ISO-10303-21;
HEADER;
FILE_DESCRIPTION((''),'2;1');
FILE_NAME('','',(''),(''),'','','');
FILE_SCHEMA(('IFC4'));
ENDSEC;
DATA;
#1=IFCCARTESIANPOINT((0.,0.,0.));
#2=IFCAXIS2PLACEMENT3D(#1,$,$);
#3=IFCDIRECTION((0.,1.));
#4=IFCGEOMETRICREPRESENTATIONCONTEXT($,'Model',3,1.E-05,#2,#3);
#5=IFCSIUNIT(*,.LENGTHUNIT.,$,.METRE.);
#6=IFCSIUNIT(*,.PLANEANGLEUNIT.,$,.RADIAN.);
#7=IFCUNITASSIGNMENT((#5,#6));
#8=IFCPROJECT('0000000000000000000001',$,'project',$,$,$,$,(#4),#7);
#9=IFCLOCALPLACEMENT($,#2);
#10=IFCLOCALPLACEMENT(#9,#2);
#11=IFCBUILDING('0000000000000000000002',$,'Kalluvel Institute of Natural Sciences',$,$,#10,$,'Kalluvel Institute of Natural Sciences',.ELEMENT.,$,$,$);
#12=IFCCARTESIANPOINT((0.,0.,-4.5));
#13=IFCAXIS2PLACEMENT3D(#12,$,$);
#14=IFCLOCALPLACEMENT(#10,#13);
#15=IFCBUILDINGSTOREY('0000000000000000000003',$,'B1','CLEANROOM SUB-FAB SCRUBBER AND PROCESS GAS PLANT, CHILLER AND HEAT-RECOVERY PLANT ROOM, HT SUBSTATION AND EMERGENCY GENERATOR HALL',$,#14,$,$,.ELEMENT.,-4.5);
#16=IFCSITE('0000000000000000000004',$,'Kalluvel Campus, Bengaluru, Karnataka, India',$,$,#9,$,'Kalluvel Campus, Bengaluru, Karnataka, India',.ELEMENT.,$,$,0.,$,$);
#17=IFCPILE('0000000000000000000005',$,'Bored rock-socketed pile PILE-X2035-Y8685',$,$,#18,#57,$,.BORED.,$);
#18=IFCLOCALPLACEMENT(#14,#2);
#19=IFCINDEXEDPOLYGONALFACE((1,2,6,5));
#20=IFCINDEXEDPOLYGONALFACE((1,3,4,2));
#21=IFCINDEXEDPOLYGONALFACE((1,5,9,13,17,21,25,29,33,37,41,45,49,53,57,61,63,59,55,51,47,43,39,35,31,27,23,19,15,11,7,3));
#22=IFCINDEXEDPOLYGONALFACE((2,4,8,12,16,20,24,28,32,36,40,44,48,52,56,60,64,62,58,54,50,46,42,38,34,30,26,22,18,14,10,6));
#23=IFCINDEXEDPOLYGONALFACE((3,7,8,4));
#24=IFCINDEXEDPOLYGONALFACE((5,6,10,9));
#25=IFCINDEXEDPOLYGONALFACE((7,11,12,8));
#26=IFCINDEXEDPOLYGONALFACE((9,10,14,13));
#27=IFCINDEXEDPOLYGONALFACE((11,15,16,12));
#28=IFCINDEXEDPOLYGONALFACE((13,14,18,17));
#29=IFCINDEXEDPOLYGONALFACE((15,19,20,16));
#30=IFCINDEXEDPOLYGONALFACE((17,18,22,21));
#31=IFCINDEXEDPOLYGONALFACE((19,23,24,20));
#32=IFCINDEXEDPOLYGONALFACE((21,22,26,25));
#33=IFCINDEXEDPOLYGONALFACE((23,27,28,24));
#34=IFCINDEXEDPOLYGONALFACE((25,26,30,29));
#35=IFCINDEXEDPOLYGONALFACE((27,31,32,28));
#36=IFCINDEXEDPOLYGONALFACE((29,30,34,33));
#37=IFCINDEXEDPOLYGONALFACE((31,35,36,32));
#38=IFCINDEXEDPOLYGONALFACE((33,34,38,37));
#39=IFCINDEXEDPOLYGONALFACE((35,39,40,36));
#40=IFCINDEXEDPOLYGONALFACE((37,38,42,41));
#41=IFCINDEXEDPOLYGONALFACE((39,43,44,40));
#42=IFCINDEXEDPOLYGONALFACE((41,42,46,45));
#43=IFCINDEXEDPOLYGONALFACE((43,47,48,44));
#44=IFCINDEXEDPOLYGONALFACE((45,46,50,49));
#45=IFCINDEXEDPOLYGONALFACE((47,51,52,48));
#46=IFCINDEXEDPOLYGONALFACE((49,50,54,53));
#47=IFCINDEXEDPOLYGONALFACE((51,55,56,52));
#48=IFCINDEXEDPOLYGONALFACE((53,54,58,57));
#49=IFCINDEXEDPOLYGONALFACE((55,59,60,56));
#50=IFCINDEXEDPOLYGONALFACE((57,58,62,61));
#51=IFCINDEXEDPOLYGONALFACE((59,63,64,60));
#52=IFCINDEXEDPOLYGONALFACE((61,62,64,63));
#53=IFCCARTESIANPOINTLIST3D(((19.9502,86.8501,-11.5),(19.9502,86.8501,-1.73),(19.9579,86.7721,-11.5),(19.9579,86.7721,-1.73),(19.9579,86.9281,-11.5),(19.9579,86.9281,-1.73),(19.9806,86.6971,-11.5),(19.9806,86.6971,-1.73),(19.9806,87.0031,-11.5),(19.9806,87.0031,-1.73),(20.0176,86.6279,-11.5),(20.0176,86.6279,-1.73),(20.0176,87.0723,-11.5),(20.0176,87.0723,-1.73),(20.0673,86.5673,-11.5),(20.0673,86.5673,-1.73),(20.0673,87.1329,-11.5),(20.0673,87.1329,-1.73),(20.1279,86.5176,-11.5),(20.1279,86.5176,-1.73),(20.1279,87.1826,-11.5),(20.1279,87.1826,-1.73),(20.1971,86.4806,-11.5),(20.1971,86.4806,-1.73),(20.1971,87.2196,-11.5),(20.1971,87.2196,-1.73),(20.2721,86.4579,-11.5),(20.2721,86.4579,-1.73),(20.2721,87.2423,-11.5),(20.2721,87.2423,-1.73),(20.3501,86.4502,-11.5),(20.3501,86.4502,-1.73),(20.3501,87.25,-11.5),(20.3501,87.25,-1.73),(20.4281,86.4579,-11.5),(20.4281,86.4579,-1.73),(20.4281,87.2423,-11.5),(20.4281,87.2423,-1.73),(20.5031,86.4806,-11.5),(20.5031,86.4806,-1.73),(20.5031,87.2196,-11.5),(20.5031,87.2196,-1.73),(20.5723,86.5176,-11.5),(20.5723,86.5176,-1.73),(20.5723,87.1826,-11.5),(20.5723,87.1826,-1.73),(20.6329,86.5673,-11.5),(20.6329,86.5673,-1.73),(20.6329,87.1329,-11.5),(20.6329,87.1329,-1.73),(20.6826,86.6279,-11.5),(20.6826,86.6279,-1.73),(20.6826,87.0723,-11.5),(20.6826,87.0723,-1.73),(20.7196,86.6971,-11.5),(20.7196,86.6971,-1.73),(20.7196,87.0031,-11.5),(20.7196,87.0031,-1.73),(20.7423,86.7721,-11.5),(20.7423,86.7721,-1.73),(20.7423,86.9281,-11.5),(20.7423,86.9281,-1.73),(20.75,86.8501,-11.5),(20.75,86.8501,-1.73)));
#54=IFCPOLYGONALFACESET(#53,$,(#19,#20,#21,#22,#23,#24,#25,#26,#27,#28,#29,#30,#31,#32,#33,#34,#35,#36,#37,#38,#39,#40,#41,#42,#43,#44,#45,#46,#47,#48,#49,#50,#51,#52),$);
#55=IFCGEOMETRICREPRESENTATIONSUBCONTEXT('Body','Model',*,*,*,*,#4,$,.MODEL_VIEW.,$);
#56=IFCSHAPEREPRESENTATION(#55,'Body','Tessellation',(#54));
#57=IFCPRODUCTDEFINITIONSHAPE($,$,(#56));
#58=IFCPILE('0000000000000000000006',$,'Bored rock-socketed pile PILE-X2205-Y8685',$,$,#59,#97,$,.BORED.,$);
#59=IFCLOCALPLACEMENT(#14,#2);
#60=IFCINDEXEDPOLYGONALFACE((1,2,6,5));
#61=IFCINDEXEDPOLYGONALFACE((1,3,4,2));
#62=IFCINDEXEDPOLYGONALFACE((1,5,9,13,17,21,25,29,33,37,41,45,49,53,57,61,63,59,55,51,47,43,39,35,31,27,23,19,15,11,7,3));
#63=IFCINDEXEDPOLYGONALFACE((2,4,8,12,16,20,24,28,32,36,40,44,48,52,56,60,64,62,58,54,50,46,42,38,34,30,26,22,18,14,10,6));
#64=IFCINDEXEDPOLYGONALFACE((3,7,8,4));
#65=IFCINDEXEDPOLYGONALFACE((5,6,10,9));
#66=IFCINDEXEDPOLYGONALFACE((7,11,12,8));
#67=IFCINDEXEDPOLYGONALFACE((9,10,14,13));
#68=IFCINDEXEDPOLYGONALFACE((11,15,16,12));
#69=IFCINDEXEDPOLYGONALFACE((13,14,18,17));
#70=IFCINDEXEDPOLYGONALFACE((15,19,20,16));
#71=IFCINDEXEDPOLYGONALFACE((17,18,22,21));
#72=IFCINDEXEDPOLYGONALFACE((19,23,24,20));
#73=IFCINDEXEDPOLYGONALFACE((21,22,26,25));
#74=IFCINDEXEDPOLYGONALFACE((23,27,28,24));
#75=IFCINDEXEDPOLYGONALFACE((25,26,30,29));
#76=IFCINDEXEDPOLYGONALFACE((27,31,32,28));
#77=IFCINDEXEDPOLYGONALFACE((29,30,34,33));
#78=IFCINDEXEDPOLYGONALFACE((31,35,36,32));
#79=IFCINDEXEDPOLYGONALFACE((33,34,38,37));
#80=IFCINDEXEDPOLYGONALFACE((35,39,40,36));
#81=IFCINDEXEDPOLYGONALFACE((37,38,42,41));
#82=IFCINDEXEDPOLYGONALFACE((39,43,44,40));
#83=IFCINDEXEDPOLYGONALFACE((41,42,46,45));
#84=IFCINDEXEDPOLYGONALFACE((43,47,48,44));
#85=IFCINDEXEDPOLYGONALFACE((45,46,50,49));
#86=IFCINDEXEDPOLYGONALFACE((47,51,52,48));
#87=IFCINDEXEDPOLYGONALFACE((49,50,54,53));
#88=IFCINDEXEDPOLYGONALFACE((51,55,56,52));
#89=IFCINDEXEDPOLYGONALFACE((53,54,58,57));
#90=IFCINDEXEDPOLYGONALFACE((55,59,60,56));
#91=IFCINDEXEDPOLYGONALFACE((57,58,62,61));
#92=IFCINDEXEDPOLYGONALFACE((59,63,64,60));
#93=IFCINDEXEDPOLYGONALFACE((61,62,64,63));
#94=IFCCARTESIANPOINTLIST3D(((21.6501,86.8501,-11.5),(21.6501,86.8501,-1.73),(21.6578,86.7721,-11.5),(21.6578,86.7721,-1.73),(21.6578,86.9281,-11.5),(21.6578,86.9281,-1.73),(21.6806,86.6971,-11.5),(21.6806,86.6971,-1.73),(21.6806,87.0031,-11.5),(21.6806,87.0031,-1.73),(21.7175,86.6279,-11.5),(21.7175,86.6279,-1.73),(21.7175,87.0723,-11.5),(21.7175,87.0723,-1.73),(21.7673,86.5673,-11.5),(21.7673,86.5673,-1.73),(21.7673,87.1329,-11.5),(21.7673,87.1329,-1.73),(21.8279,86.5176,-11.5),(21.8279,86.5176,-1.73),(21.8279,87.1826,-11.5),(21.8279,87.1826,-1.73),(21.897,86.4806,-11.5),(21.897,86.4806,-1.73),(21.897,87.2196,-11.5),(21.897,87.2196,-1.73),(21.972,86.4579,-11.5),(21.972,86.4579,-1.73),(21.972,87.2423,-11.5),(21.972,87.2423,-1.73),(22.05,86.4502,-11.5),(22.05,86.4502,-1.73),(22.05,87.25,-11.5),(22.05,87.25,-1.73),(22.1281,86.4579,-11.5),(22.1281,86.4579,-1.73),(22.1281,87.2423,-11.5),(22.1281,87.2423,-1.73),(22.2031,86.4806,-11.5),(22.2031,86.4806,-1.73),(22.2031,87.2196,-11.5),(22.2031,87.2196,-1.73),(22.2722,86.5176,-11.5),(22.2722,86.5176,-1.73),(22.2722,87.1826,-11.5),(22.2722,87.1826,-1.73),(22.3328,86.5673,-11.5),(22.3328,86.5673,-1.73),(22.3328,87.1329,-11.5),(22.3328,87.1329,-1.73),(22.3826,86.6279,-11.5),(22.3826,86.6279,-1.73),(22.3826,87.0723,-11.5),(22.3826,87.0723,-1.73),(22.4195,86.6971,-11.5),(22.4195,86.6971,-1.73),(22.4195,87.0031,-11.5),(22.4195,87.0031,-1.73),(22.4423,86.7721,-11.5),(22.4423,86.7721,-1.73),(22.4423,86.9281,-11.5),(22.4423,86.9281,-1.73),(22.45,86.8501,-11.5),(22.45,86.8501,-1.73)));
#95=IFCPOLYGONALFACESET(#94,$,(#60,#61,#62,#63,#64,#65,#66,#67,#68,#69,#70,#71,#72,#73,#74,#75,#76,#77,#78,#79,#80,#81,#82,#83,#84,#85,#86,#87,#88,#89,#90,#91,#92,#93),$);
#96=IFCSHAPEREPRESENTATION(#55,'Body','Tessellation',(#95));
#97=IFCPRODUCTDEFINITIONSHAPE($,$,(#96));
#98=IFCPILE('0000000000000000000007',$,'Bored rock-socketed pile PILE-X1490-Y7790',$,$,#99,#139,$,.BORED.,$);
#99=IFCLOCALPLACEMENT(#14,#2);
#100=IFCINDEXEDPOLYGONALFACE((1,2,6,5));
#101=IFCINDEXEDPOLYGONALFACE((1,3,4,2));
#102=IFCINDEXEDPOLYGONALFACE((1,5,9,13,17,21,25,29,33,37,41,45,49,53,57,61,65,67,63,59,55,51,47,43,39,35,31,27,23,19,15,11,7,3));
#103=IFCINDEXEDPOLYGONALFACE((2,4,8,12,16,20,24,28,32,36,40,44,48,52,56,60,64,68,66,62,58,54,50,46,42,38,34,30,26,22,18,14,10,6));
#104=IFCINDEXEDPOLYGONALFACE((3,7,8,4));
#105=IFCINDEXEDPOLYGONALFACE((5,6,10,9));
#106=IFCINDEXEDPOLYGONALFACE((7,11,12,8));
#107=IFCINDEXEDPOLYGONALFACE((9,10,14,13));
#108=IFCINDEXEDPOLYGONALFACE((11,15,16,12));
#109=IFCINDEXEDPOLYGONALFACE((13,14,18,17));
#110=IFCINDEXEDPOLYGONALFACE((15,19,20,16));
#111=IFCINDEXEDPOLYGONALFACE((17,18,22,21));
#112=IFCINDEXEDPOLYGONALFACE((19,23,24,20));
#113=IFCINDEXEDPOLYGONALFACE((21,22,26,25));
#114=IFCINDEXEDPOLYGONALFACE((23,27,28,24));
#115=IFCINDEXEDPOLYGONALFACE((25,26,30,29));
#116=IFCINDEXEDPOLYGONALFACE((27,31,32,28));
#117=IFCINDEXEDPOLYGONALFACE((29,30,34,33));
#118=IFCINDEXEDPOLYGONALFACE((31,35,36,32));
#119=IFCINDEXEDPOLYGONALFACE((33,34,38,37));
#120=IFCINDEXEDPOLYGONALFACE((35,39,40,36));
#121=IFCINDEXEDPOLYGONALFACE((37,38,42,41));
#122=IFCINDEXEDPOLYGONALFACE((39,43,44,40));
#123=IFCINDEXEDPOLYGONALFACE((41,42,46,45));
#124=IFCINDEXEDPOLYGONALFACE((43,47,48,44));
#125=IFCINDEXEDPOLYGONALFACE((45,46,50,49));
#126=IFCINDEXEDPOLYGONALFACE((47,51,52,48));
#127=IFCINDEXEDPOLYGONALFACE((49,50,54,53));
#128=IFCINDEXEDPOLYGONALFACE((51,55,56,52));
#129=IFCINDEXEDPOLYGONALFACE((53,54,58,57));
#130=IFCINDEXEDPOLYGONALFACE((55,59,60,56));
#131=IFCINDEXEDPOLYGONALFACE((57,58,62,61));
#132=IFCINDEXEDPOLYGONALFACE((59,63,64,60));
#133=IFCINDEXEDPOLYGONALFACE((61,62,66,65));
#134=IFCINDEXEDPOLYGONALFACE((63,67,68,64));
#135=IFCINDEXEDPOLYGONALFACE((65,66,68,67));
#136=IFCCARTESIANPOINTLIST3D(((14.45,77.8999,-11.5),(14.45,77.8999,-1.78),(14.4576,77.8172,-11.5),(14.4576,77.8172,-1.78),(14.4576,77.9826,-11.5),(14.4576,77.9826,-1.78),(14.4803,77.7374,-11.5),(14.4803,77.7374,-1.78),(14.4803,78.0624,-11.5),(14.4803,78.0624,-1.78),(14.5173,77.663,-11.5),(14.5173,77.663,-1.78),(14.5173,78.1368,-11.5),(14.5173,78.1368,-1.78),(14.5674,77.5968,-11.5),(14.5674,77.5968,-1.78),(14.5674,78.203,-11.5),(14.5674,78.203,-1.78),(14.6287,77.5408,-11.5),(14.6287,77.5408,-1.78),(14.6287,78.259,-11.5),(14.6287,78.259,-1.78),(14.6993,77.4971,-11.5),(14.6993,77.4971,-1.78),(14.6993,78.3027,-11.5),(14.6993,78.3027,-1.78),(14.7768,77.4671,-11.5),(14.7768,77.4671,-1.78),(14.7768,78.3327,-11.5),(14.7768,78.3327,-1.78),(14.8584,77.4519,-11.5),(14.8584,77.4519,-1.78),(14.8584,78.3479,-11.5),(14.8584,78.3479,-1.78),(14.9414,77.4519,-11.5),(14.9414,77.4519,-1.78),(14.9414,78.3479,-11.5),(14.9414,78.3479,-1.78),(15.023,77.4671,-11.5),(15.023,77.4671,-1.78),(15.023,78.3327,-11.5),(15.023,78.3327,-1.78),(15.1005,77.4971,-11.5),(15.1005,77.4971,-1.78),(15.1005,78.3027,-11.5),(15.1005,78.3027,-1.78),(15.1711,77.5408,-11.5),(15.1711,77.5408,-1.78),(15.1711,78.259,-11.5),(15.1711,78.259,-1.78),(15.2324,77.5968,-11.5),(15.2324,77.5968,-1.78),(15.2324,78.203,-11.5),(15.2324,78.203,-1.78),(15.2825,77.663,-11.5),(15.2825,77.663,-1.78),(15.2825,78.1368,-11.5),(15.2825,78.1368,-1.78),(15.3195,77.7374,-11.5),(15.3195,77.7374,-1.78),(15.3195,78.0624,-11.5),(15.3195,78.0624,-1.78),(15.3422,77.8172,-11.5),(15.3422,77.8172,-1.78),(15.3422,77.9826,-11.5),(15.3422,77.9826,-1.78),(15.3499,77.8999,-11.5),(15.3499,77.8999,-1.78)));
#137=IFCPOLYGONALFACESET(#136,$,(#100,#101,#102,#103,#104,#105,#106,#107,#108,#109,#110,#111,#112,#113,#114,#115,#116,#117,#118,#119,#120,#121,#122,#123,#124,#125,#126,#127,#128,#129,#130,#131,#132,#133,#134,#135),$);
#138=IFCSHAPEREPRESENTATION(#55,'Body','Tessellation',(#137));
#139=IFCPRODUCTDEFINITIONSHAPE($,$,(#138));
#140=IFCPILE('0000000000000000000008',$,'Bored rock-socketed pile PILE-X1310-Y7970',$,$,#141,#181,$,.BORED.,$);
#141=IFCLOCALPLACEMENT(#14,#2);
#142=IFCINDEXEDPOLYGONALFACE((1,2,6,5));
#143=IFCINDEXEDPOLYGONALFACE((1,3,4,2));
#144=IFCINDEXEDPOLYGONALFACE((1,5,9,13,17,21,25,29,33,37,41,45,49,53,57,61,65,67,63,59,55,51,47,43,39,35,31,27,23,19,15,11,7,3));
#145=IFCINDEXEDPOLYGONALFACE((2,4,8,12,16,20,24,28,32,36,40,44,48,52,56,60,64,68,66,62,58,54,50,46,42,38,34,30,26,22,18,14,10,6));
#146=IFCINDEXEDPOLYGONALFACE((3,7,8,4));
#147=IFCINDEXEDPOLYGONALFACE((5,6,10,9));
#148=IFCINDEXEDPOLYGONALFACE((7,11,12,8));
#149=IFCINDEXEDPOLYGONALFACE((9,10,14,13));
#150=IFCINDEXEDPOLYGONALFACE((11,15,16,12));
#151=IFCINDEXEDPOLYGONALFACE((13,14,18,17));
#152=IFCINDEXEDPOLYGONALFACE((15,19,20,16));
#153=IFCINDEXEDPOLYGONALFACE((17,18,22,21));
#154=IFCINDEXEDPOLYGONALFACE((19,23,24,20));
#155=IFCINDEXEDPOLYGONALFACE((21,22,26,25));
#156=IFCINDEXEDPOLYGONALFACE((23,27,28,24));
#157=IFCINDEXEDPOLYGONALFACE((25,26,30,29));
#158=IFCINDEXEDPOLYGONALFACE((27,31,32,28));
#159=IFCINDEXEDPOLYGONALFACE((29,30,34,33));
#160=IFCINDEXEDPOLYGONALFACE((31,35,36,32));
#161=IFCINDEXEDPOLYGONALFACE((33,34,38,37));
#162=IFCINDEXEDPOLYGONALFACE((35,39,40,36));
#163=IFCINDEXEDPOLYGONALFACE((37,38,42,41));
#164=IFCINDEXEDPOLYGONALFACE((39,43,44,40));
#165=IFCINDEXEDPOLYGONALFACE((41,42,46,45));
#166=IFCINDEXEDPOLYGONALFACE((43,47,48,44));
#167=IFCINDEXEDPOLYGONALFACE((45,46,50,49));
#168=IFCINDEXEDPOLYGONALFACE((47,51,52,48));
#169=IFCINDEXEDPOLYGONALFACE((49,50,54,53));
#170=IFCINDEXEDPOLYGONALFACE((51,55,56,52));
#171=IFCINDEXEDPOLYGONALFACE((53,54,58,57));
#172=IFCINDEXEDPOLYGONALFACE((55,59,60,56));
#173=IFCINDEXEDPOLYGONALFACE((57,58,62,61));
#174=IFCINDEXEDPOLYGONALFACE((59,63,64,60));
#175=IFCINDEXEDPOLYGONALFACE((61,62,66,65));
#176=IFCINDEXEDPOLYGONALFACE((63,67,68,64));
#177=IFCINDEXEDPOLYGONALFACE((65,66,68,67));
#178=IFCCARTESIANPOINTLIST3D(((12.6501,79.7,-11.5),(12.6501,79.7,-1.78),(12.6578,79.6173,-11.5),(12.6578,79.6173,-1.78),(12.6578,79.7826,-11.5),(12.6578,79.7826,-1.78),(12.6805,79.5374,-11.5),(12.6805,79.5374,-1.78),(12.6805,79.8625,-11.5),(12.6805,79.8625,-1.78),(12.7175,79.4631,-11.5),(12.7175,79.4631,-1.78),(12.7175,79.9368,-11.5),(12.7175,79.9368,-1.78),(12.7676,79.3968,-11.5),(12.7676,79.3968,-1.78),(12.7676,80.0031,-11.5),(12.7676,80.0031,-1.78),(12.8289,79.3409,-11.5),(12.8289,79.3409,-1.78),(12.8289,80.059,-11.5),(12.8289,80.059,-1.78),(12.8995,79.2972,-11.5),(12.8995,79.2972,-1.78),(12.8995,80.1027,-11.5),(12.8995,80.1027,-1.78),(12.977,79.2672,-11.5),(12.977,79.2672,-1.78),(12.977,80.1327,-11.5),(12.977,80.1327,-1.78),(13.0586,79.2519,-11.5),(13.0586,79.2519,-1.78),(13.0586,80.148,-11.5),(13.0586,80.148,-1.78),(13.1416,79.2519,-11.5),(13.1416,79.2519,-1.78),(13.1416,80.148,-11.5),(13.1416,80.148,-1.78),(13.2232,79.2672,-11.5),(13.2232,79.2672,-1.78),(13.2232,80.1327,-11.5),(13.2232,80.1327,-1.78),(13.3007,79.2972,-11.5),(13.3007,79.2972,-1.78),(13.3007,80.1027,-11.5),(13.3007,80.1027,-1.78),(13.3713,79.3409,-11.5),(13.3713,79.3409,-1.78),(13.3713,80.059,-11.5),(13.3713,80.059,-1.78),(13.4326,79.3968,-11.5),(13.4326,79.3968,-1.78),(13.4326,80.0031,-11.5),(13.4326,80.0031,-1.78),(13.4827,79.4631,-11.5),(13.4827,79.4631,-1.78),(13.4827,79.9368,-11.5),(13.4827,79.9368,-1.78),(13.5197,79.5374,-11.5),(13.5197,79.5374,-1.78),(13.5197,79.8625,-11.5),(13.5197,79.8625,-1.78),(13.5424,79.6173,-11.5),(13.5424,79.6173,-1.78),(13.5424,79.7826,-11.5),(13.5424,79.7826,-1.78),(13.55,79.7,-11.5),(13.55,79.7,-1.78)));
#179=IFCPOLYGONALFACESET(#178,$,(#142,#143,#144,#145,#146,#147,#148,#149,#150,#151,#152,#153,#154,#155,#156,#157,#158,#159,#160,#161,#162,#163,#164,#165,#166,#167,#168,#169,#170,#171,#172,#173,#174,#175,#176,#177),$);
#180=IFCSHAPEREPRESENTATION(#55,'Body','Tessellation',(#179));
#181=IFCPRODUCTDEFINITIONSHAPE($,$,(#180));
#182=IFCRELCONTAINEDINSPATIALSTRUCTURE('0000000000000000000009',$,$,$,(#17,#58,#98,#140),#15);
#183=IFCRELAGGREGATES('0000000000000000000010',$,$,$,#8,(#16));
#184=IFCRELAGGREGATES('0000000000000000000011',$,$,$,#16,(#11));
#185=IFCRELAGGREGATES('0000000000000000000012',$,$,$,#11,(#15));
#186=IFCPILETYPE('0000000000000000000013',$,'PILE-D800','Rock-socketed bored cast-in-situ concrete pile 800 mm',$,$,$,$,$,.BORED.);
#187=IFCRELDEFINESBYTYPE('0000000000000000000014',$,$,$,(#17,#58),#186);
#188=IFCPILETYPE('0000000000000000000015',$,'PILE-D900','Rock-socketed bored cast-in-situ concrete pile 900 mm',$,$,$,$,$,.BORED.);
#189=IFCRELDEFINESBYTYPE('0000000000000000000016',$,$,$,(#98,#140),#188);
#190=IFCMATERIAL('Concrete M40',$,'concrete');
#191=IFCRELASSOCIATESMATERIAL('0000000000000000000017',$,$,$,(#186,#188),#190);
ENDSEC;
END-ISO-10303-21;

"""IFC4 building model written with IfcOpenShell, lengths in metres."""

from ifc_helpers import new_model, si_unit, direction, frame, origin, origin_2d, place, context, subcontext, project, spatial, circle, extrude, material, material_profile, profile_set, type_object, element, save


model = new_model("IFC4")

# Units and contexts
model_context = context("Model", 3, precision=1e-05, world=origin(), true_north=direction((0.0, 1.0)))
body_context = subcontext(model_context, "Body", "Model", "MODEL_VIEW")
ifc_project = project(units=[si_unit("LENGTHUNIT", "METRE"), si_unit("PLANEANGLEUNIT", "RADIAN")], contexts=[model_context])

# Site, building, storey
site_placement = place(None, origin())
site = spatial("IfcSite", under=ifc_project, at=site_placement, Name="Kalluvel Campus, Bengaluru, Karnataka, India", LongName="Kalluvel Campus, Bengaluru, Karnataka, India", CompositionType="ELEMENT", RefElevation=0.0)
building_placement = place(site_placement, origin())
building = spatial("IfcBuilding", under=site, at=building_placement, Name="Kalluvel Institute of Natural Sciences", LongName="Kalluvel Institute of Natural Sciences", CompositionType="ELEMENT")
storey_placement = place(building_placement, frame((0.0, 0.0, -4.5)))
storey = spatial("IfcBuildingStorey", under=building, at=storey_placement, Name="B1", Description="CLEANROOM SUB-FAB SCRUBBER AND PROCESS GAS PLANT, CHILLER AND HEAT-RECOVERY PLANT ROOM, HT SUBSTATION AND EMERGENCY GENERATOR HALL", CompositionType="ELEMENT", Elevation=-4.5)

# Shared definitions
ifc_material_1 = material(Name="Concrete M40", Category="concrete")

# Piles
ifc_material_profile_1 = material_profile(ifc_material_1, circle(Radius=0.3999, at=origin_2d()), Name="PILE D800")
ifc_profile_set_1 = profile_set([ifc_material_profile_1], Name="Concrete M40")
pile_type_1 = type_object("IfcPileType", Name="PILE-D800", Description="Rock-socketed bored cast-in-situ concrete pile 800 mm", PredefinedType="BORED", material=ifc_profile_set_1)
for number, where, z_axis, x_axis, name in (
    (1, (20.3501, 86.8501, -1.73), (0.0, 0.0, -1.0), (1.0, 0.0, 0.0), "Bored rock-socketed pile PILE-X2035-Y8685"),
    (2, (22.05, 86.8501, -1.73), (0.0, 0.0, -1.0), (1.0, 0.0, 0.0), "Bored rock-socketed pile PILE-X2205-Y8685"),
):
    element("IfcPile", number, at=place(storey_placement, frame(where, z_axis=z_axis, x_axis=x_axis)), inside=storey, type_object=pile_type_1, Name=name, PredefinedType="BORED", context=body_context, shape_type="SweptSolid", body=[
        extrude(circle(Radius=0.3999, at=origin_2d()), origin(), (0.0, 0.0, 1.0), 9.77),
    ])
ifc_material_profile_2 = material_profile(ifc_material_1, circle(Radius=0.45, at=origin_2d()), Name="PILE D900")
ifc_profile_set_2 = profile_set([ifc_material_profile_2], Name="Concrete M40")
pile_type_2 = type_object("IfcPileType", Name="PILE-D900", Description="Rock-socketed bored cast-in-situ concrete pile 900 mm", PredefinedType="BORED", material=ifc_profile_set_2)
for number, where, z_axis, x_axis, name in (
    (3, (14.8999, 77.8999, -1.78), (0.0, 0.0, -1.0), (1.0, 0.0, 0.0), "Bored rock-socketed pile PILE-X1490-Y7790"),
    (4, (13.1001, 79.7, -1.78), (0.0, 0.0, -1.0), (1.0, 0.0, 0.0), "Bored rock-socketed pile PILE-X1310-Y7970"),
):
    element("IfcPile", number, at=place(storey_placement, frame(where, z_axis=z_axis, x_axis=x_axis)), inside=storey, type_object=pile_type_2, Name=name, PredefinedType="BORED", context=body_context, shape_type="SweptSolid", body=[
        extrude(circle(Radius=0.45, at=origin_2d()), origin(), (0.0, 0.0, 1.0), 9.72),
    ])

save(model, "model.ifc")
